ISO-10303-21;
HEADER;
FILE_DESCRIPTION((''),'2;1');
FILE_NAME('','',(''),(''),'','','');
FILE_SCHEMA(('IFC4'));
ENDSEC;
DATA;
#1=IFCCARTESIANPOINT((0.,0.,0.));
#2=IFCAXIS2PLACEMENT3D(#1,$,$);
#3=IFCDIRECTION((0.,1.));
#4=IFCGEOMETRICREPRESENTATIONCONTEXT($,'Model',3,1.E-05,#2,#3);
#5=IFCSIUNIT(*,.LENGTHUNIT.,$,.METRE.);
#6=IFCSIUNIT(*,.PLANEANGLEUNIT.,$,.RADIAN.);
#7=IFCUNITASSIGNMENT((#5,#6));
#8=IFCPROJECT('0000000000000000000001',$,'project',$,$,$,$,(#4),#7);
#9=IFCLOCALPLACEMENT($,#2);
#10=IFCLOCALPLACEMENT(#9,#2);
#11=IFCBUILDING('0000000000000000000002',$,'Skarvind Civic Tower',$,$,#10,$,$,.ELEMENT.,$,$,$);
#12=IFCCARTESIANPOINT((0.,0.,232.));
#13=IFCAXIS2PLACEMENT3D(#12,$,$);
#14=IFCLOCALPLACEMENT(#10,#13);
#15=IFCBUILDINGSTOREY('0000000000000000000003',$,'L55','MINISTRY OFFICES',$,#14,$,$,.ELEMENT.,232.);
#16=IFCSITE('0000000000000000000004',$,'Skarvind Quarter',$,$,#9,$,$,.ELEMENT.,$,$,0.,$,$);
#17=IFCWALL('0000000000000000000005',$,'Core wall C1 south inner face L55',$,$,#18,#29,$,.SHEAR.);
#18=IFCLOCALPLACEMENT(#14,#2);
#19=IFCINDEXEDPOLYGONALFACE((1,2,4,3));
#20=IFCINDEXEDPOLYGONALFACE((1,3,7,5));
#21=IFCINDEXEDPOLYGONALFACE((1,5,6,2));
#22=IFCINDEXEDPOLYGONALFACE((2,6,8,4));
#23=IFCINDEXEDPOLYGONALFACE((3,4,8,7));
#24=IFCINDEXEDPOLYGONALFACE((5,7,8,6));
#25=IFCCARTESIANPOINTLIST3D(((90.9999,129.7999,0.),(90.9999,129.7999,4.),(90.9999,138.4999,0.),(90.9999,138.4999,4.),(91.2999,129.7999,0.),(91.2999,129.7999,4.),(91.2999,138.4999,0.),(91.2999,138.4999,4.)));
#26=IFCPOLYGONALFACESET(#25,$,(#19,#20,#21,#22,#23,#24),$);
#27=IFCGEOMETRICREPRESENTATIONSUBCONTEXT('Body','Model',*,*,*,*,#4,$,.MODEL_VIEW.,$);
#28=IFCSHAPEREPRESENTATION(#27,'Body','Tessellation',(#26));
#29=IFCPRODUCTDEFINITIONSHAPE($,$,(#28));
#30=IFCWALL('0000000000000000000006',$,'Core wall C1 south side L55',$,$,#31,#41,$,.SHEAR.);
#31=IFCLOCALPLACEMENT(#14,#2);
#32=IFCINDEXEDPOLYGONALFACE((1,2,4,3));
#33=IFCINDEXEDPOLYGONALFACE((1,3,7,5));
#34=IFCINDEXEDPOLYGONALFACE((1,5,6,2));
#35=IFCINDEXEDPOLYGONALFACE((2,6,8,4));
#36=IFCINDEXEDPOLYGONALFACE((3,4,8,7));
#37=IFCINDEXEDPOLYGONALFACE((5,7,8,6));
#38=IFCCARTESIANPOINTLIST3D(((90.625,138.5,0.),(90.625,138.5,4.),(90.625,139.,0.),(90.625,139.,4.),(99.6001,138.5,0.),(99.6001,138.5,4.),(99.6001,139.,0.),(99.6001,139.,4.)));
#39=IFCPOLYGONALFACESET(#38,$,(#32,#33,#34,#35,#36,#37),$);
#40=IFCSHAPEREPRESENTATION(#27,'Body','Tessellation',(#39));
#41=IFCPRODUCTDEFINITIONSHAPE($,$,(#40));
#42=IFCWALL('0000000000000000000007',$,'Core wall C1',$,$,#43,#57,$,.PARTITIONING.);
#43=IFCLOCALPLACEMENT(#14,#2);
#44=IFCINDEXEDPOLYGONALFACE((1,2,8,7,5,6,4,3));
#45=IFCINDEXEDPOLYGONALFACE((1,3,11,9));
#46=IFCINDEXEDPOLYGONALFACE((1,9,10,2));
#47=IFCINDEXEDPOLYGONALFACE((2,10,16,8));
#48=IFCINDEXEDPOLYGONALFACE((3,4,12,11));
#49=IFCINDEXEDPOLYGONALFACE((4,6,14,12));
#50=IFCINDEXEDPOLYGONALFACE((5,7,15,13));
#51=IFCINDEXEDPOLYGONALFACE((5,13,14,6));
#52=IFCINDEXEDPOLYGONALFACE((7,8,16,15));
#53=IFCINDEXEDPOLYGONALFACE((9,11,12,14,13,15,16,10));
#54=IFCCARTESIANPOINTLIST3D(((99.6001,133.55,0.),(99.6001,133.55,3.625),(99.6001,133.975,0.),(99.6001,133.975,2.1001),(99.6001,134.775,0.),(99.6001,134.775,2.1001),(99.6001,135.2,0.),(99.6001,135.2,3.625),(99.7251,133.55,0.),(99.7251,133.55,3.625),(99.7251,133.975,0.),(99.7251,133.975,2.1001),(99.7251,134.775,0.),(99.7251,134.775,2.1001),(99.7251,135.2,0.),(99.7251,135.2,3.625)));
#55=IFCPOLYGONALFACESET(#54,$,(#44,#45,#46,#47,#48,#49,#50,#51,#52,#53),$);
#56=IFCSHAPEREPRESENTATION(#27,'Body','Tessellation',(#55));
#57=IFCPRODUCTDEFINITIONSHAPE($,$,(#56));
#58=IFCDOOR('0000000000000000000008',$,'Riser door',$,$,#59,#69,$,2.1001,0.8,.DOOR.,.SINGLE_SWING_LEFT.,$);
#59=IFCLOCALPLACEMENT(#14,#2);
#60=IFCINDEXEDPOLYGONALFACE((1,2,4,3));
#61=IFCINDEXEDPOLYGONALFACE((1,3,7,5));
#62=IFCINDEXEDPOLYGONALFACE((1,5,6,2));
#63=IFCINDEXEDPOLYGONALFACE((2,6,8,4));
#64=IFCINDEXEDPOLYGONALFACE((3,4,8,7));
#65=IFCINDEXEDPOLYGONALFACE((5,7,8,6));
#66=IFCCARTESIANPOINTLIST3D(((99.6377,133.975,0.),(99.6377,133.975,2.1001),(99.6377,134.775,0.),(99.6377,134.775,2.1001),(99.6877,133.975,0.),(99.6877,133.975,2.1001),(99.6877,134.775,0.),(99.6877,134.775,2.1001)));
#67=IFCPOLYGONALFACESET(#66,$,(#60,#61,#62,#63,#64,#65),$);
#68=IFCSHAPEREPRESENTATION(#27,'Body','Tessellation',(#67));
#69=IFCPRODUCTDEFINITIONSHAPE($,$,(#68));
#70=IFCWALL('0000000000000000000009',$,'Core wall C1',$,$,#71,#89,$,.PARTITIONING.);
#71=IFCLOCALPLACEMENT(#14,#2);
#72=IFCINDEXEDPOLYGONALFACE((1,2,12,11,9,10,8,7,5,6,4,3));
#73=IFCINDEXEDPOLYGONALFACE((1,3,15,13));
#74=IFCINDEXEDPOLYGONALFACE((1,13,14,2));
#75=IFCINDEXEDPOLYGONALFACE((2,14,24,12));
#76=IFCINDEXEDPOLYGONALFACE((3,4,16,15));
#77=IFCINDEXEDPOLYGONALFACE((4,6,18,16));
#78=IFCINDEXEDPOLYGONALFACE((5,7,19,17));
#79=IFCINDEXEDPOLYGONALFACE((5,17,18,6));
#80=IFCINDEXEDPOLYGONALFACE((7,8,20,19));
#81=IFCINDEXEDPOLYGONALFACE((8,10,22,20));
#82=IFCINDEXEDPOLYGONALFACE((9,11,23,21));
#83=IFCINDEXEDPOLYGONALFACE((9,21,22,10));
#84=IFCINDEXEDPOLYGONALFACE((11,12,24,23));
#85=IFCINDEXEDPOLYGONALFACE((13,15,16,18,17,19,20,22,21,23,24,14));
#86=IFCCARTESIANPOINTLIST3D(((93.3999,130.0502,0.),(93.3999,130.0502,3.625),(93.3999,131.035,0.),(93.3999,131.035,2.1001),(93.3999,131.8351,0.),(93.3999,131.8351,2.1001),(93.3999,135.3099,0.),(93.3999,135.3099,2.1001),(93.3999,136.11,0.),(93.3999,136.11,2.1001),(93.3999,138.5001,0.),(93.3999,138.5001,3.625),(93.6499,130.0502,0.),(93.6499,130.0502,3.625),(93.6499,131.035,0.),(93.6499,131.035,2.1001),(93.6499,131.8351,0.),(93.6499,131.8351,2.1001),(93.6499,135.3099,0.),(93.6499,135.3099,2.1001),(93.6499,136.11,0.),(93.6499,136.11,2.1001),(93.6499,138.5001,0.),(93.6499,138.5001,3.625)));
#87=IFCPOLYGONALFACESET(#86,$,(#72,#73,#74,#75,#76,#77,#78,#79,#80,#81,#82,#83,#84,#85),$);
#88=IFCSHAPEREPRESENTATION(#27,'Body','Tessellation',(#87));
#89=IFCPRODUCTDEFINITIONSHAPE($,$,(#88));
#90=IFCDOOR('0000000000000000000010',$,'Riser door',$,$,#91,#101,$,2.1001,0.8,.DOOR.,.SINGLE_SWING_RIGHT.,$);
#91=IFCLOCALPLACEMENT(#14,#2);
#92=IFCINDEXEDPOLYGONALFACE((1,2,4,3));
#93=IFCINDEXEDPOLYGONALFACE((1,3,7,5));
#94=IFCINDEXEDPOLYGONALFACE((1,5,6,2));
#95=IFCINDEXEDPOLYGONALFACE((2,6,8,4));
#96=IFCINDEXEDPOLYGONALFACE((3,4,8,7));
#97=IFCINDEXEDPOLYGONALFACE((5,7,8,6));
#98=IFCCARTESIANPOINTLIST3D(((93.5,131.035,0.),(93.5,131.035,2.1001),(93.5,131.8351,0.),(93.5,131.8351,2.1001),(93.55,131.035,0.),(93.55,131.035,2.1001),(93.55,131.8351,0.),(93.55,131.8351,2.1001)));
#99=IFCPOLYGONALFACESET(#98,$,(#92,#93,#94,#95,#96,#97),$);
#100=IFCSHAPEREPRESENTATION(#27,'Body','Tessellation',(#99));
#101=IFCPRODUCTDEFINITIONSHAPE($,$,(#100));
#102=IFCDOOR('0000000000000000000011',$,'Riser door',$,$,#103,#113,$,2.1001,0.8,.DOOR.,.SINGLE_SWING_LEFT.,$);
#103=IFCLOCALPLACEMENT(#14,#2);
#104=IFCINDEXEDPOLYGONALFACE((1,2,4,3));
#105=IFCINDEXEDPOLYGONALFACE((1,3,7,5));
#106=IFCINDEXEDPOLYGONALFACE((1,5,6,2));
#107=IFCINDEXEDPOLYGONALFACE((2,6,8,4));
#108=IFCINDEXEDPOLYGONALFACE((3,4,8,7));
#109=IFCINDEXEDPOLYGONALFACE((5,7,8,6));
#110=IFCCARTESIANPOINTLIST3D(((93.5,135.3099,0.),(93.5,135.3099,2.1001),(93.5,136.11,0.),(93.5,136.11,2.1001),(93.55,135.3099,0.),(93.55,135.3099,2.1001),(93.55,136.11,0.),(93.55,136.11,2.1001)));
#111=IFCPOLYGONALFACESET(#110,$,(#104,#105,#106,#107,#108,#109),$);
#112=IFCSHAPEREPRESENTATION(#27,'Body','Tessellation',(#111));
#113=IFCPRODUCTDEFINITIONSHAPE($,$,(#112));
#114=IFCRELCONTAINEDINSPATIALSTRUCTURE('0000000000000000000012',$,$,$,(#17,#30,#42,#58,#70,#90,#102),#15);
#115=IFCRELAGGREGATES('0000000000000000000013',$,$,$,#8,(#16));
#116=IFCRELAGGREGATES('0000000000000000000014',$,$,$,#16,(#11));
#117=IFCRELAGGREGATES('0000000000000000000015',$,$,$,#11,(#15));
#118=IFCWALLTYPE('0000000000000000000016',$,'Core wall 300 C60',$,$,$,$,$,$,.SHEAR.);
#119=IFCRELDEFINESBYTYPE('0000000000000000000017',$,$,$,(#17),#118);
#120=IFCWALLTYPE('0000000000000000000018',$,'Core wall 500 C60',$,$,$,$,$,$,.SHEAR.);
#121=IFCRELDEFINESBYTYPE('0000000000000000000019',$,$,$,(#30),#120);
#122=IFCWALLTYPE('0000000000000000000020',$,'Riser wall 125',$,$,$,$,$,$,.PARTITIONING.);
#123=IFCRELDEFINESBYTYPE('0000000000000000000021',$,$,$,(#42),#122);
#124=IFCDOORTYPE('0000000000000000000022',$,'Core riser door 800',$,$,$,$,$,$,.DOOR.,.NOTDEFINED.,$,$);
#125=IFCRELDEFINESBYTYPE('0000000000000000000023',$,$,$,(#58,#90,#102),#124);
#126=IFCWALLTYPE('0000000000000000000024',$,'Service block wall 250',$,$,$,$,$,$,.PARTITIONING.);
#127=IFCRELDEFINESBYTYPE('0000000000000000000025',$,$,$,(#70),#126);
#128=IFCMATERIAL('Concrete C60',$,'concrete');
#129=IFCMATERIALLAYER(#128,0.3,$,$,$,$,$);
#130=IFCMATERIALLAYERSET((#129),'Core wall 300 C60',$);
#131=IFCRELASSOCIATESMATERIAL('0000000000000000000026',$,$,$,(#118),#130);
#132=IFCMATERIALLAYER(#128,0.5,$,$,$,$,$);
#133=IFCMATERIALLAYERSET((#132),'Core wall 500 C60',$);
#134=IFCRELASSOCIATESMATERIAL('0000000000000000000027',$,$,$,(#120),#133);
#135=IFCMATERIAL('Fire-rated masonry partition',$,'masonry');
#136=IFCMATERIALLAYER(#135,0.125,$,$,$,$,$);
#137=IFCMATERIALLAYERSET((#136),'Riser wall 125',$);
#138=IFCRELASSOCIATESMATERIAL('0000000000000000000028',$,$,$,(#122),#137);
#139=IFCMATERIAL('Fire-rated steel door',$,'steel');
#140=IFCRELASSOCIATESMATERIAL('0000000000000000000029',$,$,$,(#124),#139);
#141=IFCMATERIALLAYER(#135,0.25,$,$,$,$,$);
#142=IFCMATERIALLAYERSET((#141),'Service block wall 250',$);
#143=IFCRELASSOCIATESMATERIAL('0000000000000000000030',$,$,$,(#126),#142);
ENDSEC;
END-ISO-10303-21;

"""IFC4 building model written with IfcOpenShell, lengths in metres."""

from ifc_helpers import new_model, si_unit, direction, frame, frame_2d, origin, place, context, subcontext, project, spatial, rectangle, extrude, material, layer, layer_set, type_object, element, fill, save


model = new_model("IFC4")

# Units and contexts
model_context = context("Model", 3, precision=1e-05, world=origin(), true_north=direction((0.0, 1.0)))
body_context = subcontext(model_context, "Body", "Model", "MODEL_VIEW")
ifc_project = project(units=[si_unit("LENGTHUNIT", "METRE"), si_unit("PLANEANGLEUNIT", "RADIAN")], contexts=[model_context])

# Site, building, storey
site_placement = place(None, origin())
site = spatial("IfcSite", under=ifc_project, at=site_placement, Name="Skarvind Quarter", CompositionType="ELEMENT", RefElevation=0.0)
building_placement = place(site_placement, origin())
building = spatial("IfcBuilding", under=site, at=building_placement, Name="Skarvind Civic Tower", CompositionType="ELEMENT")
storey_placement = place(building_placement, frame((0.0, 0.0, 232.0)))
storey = spatial("IfcBuildingStorey", under=building, at=storey_placement, Name="L55", Description="MINISTRY OFFICES", CompositionType="ELEMENT", Elevation=232.0)

# Shared definitions
ifc_material_1 = material(Name="Concrete C60", Category="concrete")

# Shared definitions
ifc_material_2 = material(Name="Fire-rated masonry partition", Category="masonry")
ifc_material_3 = material(Name="Fire-rated steel door", Category="steel")

# Walls
ifc_layer_1 = layer(ifc_material_1, 0.3)
ifc_layer_set_1 = layer_set([ifc_layer_1], Name="Core wall 300 C60")
wall_type_1 = type_object("IfcWallType", Name="Core wall 300 C60", PredefinedType="SHEAR", material=ifc_layer_set_1)
wall_1_placement = place(storey_placement, frame((91.1499, 138.5, 0.0), z_axis=(0.0, 0.0, 1.0), x_axis=(0.0, -1.0, 0.0)))
element("IfcWall", 1, at=wall_1_placement, inside=storey, type_object=wall_type_1, Name="Core wall C1 south inner face L55", PredefinedType="SHEAR", context=body_context, shape_type="SweptSolid", body=[
    extrude(rectangle(XDim=8.7, YDim=0.3, at=frame_2d((4.3501, 0.0))), origin(), (0.0, 0.0, 1.0), 4.0),
])
ifc_layer_2 = layer(ifc_material_1, 0.5)
ifc_layer_set_2 = layer_set([ifc_layer_2], Name="Core wall 500 C60")
wall_type_2 = type_object("IfcWallType", Name="Core wall 500 C60", PredefinedType="SHEAR", material=ifc_layer_set_2)
wall_2_placement = place(storey_placement, frame((99.6001, 138.75, 0.0), z_axis=(0.0, 0.0, 1.0), x_axis=(-1.0, 0.0, 0.0)))
element("IfcWall", 2, at=wall_2_placement, inside=storey, type_object=wall_type_2, Name="Core wall C1 south side L55", PredefinedType="SHEAR", context=body_context, shape_type="SweptSolid", body=[
    extrude(rectangle(XDim=8.9751, YDim=0.5, at=frame_2d((4.4875, 0.0))), origin(), (0.0, 0.0, 1.0), 4.0),
])

# Wall, opening, door
ifc_layer_3 = layer(ifc_material_2, 0.125)
ifc_layer_set_3 = layer_set([ifc_layer_3], Name="Riser wall 125")
wall_type_3 = type_object("IfcWallType", Name="Riser wall 125", PredefinedType="PARTITIONING", material=ifc_layer_set_3)
wall_3_placement = place(storey_placement, frame((99.6626, 133.55, 0.0), z_axis=(0.0, 0.0, 1.0), x_axis=(0.0, 1.0, 0.0)))
wall_3 = element("IfcWall", 3, at=wall_3_placement, inside=storey, type_object=wall_type_3, Name="Core wall C1", PredefinedType="PARTITIONING", context=body_context, shape_type="SweptSolid", body=[
    extrude(rectangle(XDim=1.6499, YDim=0.125, at=frame_2d((0.825, 0.0))), origin(), (0.0, 0.0, 1.0), 3.625),
])
opening_1_placement = place(wall_3_placement, frame((0.425, 0.0, 0.0)))
opening_1 = element("IfcOpeningElement", 4, at=opening_1_placement, cuts=wall_3, PredefinedType="OPENING", context=body_context, shape_type="SweptSolid", body=[
    extrude(rectangle(XDim=0.8, YDim=2.1001, at=frame_2d((0.3999, 1.05))), frame((0.0, 0.0725, 0.0), z_axis=(0.0, -1.0, 0.0), x_axis=(1.0, 0.0, 0.0)), (0.0, 0.0, 1.0), 0.145),
])
door_type_1 = type_object("IfcDoorType", Name="Core riser door 800", OperationType="NOTDEFINED", PredefinedType="DOOR", material=ifc_material_3)
door_1_placement = place(opening_1_placement, origin())
door_1 = element("IfcDoor", 5, at=door_1_placement, inside=storey, type_object=door_type_1, Name="Riser door", OperationType="SINGLE_SWING_LEFT", OverallHeight=2.1001, OverallWidth=0.8, PredefinedType="DOOR", context=body_context, shape_type="SweptSolid", body=[
    extrude(rectangle(XDim=0.8, YDim=2.1001, at=frame_2d((0.3999, 1.05))), frame((0.0, 0.0249, 0.0), z_axis=(0.0, -1.0, 0.0), x_axis=(1.0, 0.0, 0.0)), (0.0, 0.0, 1.0), 0.05),
])
fill(opening_1, door_1)

# Wall, openings, doors
ifc_layer_4 = layer(ifc_material_2, 0.25)
ifc_layer_set_4 = layer_set([ifc_layer_4], Name="Service block wall 250")
wall_type_4 = type_object("IfcWallType", Name="Service block wall 250", PredefinedType="PARTITIONING", material=ifc_layer_set_4)
wall_4_placement = place(storey_placement, frame((93.5249, 130.05, 0.0), z_axis=(0.0, 0.0, 1.0), x_axis=(0.0, 1.0, 0.0)))
wall_4 = element("IfcWall", 6, at=wall_4_placement, inside=storey, type_object=wall_type_4, Name="Core wall C1", PredefinedType="PARTITIONING", context=body_context, shape_type="SweptSolid", body=[
    extrude(rectangle(XDim=8.45, YDim=0.25, at=frame_2d((4.2251, 0.0))), origin(), (0.0, 0.0, 1.0), 3.625),
])
opening_2_placement = place(wall_4_placement, frame((0.9851, 0.0, 0.0)))
opening_2 = element("IfcOpeningElement", 7, at=opening_2_placement, cuts=wall_4, PredefinedType="OPENING", context=body_context, shape_type="SweptSolid", body=[
    extrude(rectangle(XDim=0.8, YDim=2.1001, at=frame_2d((0.3999, 1.05))), frame((0.0, 0.135, 0.0), z_axis=(0.0, -1.0, 0.0), x_axis=(1.0, 0.0, 0.0)), (0.0, 0.0, 1.0), 0.27),
])
opening_3_placement = place(wall_4_placement, frame((5.26, 0.0, 0.0)))
opening_3 = element("IfcOpeningElement", 8, at=opening_3_placement, cuts=wall_4, PredefinedType="OPENING", context=body_context, shape_type="SweptSolid", body=[
    extrude(rectangle(XDim=0.8, YDim=2.1001, at=frame_2d((0.3999, 1.05))), frame((0.0, 0.135, 0.0), z_axis=(0.0, -1.0, 0.0), x_axis=(1.0, 0.0, 0.0)), (0.0, 0.0, 1.0), 0.27),
])
door_2_placement = place(opening_2_placement, origin())
door_2 = element("IfcDoor", 9, at=door_2_placement, inside=storey, type_object=door_type_1, Name="Riser door", OperationType="SINGLE_SWING_RIGHT", OverallHeight=2.1001, OverallWidth=0.8, PredefinedType="DOOR", context=body_context, shape_type="SweptSolid", body=[
    extrude(rectangle(XDim=0.8, YDim=2.1001, at=frame_2d((0.3999, 1.05))), frame((0.0, 0.0249, 0.0), z_axis=(0.0, -1.0, 0.0), x_axis=(1.0, 0.0, 0.0)), (0.0, 0.0, 1.0), 0.05),
])
fill(opening_2, door_2)
door_3_placement = place(opening_3_placement, origin())
door_3 = element("IfcDoor", 10, at=door_3_placement, inside=storey, type_object=door_type_1, Name="Riser door", OperationType="SINGLE_SWING_LEFT", OverallHeight=2.1001, OverallWidth=0.8, PredefinedType="DOOR", context=body_context, shape_type="SweptSolid", body=[
    extrude(rectangle(XDim=0.8, YDim=2.1001, at=frame_2d((0.3999, 1.05))), frame((0.0, 0.0249, 0.0), z_axis=(0.0, -1.0, 0.0), x_axis=(1.0, 0.0, 0.0)), (0.0, 0.0, 1.0), 0.05),
])
fill(opening_3, door_3)

save(model, "model.ifc")
